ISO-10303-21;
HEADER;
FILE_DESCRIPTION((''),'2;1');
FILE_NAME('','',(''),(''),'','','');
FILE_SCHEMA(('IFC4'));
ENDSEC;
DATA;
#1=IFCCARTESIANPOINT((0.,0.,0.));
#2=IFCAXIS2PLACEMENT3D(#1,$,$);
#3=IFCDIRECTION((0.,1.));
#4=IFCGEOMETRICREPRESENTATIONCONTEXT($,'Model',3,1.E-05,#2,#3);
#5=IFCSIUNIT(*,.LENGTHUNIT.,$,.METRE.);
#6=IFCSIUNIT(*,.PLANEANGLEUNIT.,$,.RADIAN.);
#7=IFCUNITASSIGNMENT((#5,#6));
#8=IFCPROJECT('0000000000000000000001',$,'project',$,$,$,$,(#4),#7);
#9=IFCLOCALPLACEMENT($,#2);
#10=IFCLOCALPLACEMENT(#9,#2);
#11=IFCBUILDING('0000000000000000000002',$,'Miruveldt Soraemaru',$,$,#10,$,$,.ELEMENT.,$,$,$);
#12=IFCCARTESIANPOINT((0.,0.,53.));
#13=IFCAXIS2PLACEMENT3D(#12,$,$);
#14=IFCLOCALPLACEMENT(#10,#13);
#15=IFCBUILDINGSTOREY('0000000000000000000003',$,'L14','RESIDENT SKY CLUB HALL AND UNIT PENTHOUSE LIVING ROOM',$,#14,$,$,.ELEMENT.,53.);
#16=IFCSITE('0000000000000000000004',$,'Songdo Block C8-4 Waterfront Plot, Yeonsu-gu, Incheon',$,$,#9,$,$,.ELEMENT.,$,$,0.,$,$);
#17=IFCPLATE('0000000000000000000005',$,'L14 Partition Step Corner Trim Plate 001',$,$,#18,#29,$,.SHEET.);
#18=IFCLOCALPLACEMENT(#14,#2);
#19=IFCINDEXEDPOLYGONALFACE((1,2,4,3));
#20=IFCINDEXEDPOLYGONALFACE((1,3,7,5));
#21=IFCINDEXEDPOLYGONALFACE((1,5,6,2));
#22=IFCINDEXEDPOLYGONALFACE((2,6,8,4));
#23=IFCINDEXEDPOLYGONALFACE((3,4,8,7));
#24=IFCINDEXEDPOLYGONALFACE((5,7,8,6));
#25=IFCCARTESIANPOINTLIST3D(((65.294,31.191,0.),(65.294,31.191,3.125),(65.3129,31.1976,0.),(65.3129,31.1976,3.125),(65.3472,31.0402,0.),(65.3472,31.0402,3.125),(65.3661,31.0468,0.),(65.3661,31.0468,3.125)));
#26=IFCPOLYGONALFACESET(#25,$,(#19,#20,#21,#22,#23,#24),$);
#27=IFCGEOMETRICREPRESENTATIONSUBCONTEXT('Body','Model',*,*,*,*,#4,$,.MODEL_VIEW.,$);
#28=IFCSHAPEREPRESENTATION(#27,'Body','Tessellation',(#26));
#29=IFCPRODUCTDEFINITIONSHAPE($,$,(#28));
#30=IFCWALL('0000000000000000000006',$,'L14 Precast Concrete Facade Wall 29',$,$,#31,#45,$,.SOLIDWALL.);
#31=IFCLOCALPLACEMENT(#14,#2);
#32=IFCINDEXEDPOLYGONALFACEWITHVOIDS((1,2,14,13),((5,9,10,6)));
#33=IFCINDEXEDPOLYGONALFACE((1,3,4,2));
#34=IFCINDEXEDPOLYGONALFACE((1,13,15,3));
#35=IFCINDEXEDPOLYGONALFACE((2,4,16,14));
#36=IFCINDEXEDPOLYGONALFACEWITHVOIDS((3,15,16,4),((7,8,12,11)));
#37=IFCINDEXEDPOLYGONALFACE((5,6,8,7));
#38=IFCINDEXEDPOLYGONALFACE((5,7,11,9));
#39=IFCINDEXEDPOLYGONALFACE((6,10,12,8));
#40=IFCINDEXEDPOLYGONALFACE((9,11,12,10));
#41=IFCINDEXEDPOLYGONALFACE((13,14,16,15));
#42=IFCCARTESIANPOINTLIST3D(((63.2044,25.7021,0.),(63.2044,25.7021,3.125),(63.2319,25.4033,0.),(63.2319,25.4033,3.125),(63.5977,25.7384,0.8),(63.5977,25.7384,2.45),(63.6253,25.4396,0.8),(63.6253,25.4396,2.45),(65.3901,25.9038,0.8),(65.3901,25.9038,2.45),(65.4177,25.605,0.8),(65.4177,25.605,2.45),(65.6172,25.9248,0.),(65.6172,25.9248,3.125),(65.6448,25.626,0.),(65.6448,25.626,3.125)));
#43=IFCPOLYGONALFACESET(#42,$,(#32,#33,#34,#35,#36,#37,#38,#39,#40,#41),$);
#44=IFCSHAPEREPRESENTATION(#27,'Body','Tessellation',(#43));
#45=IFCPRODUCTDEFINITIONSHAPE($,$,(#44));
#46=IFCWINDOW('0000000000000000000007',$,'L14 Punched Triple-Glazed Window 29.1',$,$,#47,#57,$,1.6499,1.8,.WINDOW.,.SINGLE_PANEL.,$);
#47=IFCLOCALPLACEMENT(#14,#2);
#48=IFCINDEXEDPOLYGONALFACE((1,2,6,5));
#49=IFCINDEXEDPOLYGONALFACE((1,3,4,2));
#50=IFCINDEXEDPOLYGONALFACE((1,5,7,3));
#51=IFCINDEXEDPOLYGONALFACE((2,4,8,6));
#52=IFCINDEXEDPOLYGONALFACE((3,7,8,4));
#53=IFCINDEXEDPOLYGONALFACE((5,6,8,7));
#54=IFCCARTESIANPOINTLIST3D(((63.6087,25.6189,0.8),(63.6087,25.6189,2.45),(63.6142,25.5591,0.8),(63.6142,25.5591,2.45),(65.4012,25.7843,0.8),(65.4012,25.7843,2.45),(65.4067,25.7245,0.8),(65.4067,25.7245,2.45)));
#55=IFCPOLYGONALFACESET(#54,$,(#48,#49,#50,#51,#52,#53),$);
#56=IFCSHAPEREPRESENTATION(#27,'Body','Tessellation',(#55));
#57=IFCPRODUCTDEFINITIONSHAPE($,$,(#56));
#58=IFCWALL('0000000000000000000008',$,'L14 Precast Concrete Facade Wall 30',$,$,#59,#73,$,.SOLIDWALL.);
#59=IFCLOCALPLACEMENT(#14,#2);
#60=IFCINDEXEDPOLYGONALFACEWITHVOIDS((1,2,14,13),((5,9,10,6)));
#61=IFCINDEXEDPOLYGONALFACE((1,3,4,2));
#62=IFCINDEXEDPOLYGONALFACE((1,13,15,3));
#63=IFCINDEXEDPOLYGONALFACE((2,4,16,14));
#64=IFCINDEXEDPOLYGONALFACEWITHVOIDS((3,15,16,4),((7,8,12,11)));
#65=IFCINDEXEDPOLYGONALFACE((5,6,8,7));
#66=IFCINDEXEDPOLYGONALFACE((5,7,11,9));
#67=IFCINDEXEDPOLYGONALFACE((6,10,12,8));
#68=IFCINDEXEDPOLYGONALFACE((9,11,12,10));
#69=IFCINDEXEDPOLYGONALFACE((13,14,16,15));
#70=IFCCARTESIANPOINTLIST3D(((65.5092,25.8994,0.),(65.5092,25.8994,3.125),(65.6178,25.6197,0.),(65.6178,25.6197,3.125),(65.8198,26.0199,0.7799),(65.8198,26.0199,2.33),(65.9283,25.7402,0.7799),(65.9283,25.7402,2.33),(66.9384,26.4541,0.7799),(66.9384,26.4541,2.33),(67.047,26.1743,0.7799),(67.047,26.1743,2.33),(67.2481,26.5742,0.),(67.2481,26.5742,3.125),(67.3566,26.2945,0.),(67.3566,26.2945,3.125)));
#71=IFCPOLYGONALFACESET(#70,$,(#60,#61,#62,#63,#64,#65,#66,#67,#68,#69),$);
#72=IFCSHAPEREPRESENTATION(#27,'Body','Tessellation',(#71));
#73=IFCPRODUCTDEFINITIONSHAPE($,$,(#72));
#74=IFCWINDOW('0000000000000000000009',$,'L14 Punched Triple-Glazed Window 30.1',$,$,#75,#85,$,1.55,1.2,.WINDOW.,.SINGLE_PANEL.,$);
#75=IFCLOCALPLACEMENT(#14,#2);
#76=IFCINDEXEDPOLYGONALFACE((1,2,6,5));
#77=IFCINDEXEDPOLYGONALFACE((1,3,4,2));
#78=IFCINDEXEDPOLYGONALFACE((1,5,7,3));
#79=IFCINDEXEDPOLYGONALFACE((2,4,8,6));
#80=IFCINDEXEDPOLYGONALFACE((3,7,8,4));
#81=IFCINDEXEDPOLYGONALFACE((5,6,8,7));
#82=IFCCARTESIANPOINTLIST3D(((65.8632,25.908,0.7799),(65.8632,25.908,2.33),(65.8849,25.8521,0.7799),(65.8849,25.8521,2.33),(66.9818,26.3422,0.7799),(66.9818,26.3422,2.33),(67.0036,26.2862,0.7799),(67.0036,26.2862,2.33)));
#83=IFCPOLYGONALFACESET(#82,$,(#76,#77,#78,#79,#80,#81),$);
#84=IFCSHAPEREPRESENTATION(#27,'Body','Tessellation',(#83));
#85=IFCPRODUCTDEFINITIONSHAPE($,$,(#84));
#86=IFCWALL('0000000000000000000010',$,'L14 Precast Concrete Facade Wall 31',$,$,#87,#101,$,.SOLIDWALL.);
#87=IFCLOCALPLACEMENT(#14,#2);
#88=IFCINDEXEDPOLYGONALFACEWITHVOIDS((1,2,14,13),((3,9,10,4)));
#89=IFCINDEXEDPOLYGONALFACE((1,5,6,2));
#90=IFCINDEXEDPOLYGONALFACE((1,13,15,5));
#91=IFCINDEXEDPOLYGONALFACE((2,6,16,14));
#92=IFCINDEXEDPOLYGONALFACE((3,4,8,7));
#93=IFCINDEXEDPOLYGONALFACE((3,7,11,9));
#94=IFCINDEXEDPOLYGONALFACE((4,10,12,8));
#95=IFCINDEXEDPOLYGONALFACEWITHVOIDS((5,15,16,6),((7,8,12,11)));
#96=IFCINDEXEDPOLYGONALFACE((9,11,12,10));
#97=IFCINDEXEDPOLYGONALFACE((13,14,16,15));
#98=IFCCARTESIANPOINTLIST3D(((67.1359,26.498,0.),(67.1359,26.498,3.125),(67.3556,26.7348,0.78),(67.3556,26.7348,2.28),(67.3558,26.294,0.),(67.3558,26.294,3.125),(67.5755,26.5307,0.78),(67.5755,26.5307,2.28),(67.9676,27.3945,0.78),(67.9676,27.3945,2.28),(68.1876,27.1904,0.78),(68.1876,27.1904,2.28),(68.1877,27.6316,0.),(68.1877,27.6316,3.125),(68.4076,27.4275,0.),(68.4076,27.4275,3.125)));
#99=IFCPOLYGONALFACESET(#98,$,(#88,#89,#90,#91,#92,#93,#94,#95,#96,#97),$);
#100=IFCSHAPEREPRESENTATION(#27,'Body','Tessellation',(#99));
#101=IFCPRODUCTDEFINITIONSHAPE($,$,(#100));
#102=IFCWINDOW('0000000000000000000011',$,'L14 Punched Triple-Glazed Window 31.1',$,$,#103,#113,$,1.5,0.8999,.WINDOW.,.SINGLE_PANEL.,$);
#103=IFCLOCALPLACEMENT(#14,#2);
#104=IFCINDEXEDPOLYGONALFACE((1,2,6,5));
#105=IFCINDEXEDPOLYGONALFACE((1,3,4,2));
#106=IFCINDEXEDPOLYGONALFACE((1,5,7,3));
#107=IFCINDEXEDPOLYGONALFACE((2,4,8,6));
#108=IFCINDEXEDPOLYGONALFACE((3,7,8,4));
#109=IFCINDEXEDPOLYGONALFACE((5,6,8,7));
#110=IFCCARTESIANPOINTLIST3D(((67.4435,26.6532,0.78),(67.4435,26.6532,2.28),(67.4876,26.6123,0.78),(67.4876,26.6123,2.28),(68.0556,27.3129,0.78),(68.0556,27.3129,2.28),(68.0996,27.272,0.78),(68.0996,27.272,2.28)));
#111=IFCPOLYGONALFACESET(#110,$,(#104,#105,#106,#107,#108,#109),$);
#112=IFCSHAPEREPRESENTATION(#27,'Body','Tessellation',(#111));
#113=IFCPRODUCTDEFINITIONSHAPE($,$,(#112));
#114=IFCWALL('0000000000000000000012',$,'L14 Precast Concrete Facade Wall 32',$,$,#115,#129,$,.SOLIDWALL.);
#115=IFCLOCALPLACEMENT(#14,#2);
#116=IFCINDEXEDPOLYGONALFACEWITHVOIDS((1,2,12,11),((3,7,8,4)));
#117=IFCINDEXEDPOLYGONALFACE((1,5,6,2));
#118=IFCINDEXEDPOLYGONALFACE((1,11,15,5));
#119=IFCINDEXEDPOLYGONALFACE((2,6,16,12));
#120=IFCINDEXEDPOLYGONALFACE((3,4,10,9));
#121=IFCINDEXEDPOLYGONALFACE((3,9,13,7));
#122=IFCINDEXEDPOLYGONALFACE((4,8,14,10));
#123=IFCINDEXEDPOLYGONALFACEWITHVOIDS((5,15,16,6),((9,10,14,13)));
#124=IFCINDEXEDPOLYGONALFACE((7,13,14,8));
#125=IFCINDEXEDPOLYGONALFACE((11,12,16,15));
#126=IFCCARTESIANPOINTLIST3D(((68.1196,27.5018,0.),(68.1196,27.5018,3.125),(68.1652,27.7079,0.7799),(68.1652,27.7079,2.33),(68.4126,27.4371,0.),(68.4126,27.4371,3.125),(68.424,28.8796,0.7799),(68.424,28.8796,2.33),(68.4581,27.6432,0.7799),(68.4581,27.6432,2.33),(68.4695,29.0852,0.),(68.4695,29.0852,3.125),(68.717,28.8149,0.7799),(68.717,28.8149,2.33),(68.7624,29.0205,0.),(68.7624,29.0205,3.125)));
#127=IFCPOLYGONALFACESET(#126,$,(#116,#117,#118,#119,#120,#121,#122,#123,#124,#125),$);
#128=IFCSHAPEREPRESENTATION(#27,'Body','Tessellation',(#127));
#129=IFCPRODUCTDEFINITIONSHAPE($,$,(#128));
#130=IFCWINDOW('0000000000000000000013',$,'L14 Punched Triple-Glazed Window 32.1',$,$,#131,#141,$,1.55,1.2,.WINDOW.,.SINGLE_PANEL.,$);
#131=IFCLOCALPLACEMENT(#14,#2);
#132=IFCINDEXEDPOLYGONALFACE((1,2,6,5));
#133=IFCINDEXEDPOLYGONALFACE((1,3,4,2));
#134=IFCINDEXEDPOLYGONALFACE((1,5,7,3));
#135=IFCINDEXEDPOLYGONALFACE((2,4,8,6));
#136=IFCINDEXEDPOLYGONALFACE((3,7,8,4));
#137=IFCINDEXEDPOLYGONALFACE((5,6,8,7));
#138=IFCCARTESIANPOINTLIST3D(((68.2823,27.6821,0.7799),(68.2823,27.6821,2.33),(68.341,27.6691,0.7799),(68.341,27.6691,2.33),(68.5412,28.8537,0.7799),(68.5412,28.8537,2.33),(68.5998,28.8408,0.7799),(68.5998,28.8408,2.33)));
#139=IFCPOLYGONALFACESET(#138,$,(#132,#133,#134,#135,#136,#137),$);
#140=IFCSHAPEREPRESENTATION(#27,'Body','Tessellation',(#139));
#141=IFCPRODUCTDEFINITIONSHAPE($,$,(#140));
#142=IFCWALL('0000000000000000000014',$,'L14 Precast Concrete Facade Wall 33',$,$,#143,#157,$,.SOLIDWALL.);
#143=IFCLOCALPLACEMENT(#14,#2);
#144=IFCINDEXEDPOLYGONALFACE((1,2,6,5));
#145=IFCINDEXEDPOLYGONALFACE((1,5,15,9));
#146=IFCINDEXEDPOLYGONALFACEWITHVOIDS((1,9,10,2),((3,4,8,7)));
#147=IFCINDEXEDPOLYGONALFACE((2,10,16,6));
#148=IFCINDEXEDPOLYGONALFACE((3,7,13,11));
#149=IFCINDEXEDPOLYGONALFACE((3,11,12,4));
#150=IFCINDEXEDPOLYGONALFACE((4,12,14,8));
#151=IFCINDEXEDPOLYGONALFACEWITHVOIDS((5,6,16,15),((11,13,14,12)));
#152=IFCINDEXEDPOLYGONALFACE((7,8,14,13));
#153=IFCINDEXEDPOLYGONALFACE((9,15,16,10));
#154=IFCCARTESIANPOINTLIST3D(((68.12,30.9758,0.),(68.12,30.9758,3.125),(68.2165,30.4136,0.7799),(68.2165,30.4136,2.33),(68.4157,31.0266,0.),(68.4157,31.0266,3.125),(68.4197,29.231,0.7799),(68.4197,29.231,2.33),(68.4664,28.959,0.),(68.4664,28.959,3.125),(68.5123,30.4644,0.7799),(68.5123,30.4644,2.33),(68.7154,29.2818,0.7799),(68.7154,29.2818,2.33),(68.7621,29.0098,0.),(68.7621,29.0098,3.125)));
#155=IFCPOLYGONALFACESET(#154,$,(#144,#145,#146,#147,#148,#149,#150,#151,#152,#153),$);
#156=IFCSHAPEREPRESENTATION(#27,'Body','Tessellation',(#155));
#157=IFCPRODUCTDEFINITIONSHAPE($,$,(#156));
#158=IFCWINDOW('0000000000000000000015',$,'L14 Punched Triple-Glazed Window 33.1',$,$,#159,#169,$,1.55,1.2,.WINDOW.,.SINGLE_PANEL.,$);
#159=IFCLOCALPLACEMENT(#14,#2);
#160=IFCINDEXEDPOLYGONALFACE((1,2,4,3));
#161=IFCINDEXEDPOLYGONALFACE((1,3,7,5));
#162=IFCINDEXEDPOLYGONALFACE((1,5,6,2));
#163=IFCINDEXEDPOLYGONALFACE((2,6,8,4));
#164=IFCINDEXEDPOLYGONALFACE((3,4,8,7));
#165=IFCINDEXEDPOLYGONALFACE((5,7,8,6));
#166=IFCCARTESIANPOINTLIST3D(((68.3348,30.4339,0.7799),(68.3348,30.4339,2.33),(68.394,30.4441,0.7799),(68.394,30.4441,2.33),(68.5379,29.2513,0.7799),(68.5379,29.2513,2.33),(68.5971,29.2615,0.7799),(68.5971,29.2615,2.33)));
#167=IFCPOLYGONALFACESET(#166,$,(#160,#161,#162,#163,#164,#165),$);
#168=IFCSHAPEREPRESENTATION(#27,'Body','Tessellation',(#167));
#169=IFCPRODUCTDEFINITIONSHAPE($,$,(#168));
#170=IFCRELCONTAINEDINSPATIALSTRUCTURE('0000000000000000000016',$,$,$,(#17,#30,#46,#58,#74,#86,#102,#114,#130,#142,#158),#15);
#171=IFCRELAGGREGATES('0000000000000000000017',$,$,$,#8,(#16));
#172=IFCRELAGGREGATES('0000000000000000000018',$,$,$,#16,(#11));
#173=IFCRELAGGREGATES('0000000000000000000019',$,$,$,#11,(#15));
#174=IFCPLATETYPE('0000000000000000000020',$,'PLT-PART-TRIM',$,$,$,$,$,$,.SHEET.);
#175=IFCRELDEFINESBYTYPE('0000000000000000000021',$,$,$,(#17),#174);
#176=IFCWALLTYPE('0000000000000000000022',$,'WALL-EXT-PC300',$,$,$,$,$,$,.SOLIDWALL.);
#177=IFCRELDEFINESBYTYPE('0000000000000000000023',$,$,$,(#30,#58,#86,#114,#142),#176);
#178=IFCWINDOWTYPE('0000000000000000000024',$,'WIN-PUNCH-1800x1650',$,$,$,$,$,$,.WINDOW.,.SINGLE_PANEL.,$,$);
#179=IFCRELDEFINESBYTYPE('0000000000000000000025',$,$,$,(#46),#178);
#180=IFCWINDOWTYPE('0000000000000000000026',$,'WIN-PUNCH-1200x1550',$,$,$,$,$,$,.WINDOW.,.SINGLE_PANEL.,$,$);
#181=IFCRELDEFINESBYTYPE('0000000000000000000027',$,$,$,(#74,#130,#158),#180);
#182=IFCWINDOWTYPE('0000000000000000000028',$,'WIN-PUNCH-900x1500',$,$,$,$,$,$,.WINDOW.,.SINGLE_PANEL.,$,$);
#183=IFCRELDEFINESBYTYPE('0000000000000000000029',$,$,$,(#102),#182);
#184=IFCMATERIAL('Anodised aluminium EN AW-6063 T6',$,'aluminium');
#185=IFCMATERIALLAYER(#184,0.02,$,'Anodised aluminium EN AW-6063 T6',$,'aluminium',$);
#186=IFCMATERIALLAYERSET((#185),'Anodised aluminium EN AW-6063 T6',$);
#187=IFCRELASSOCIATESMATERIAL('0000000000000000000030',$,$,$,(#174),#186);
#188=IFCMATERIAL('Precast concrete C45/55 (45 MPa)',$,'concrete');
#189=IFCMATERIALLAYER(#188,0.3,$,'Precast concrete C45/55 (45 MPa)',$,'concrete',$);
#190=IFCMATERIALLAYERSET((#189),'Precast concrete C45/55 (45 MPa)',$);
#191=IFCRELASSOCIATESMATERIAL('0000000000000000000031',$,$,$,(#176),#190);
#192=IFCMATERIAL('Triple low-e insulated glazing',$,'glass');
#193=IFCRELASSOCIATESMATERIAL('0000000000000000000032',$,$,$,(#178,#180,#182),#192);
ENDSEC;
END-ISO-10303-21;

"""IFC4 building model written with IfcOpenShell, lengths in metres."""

from ifc_helpers import new_model, si_unit, direction, frame, frame_2d, origin, origin_2d, place, context, subcontext, project, spatial, rectangle, extrude, material, layer, layer_set, type_object, element, fill, save


model = new_model("IFC4")

# Units and contexts
model_context = context("Model", 3, precision=1e-05, world=origin(), true_north=direction((0.0, 1.0)))
body_context = subcontext(model_context, "Body", "Model", "MODEL_VIEW")
ifc_project = project(units=[si_unit("LENGTHUNIT", "METRE"), si_unit("PLANEANGLEUNIT", "RADIAN")], contexts=[model_context])

# Site, building, storey
site_placement = place(None, origin())
site = spatial("IfcSite", under=ifc_project, at=site_placement, Name="Songdo Block C8-4 Waterfront Plot, Yeonsu-gu, Incheon", CompositionType="ELEMENT", RefElevation=0.0)
building_placement = place(site_placement, origin())
building = spatial("IfcBuilding", under=site, at=building_placement, Name="Miruveldt Soraemaru", CompositionType="ELEMENT")
storey_placement = place(building_placement, frame((0.0, 0.0, 53.0)))
storey = spatial("IfcBuildingStorey", under=building, at=storey_placement, Name="L14", Description="RESIDENT SKY CLUB HALL AND UNIT PENTHOUSE LIVING ROOM", CompositionType="ELEMENT", Elevation=53.0)

# Plate
ifc_material_1 = material(Name="Anodised aluminium EN AW-6063 T6", Category="aluminium")
ifc_layer_1 = layer(ifc_material_1, 0.02, Name="Anodised aluminium EN AW-6063 T6", Category="aluminium")
ifc_layer_set_1 = layer_set([ifc_layer_1], Name="Anodised aluminium EN AW-6063 T6")
plate_type = type_object("IfcPlateType", Name="PLT-PART-TRIM", PredefinedType="SHEET", material=ifc_layer_set_1)
plate_placement = place(storey_placement, frame((65.3301, 31.1189, 0.0), z_axis=(0.0, 0.0, 1.0), x_axis=(0.33282, -0.942991, 0.0)))
element("IfcPlate", 1, at=plate_placement, inside=storey, type_object=plate_type, Name="L14 Partition Step Corner Trim Plate 001", PredefinedType="SHEET", context=body_context, shape_type="SweptSolid", body=[
    extrude(rectangle(XDim=0.1599, YDim=0.02, at=origin_2d()), origin(), (0.0, 0.0, 1.0), 3.125),
])

# Walls, openings, windows
ifc_material_2 = material(Name="Precast concrete C45/55 (45 MPa)", Category="concrete")
ifc_layer_2 = layer(ifc_material_2, 0.3, Name="Precast concrete C45/55 (45 MPa)", Category="concrete")
ifc_layer_set_2 = layer_set([ifc_layer_2], Name="Precast concrete C45/55 (45 MPa)")
wall_type_1 = type_object("IfcWallType", Name="WALL-EXT-PC300", PredefinedType="SOLIDWALL", material=ifc_layer_set_2)
wall_1_placement = place(storey_placement, frame((63.2183, 25.5527, 0.0), z_axis=(0.0, 0.0, 1.0), x_axis=(0.995769, 0.091889, 0.0)))
wall_1 = element("IfcWall", 2, at=wall_1_placement, inside=storey, type_object=wall_type_1, Name="L14 Precast Concrete Facade Wall 29", PredefinedType="SOLIDWALL", context=body_context, shape_type="SweptSolid", body=[
    extrude(rectangle(XDim=2.4231, YDim=0.3, at=frame_2d((1.2114, 0.0))), origin(), (0.0, 0.0, 1.0), 3.125),
])
opening_1_placement = place(wall_1_placement, frame((0.395, 0.0, 0.8)))
opening_1 = element("IfcOpeningElement", 3, at=opening_1_placement, cuts=wall_1, PredefinedType="OPENING", context=body_context, shape_type="SweptSolid", body=[
    extrude(rectangle(XDim=1.8, YDim=1.6499, at=frame_2d((0.8999, 0.825))), frame((0.0, 0.1602, 0.0), z_axis=(0.0, -1.0, 0.0), x_axis=(1.0, 0.0, 0.0)), (0.0, 0.0, 1.0), 0.3201),
])
ifc_material_3 = material(Name="Triple low-e insulated glazing", Category="glass")
window_type_1 = type_object("IfcWindowType", Name="WIN-PUNCH-1800x1650", PartitioningType="SINGLE_PANEL", PredefinedType="WINDOW", material=ifc_material_3)
window_1_placement = place(opening_1_placement, origin())
window_1 = element("IfcWindow", 4, at=window_1_placement, inside=storey, type_object=window_type_1, Name="L14 Punched Triple-Glazed Window 29.1", OverallHeight=1.6499, OverallWidth=1.8, PartitioningType="SINGLE_PANEL", PredefinedType="WINDOW", context=body_context, shape_type="SweptSolid", body=[
    extrude(rectangle(XDim=1.8, YDim=1.6499, at=frame_2d((0.8999, 0.825))), frame((0.0, 0.03, 0.0), z_axis=(0.0, -1.0, 0.0), x_axis=(1.0, 0.0, 0.0)), (0.0, 0.0, 1.0), 0.0601),
])
fill(opening_1, window_1)
wall_2_placement = place(storey_placement, frame((65.5635, 25.7595, 0.0), z_axis=(0.0, 0.0, 1.0), x_axis=(0.932255, 0.361802, 0.0)))
wall_2 = element("IfcWall", 5, at=wall_2_placement, inside=storey, type_object=wall_type_1, Name="L14 Precast Concrete Facade Wall 30", PredefinedType="SOLIDWALL", context=body_context, shape_type="SweptSolid", body=[
    extrude(rectangle(XDim=1.8652, YDim=0.3, at=frame_2d((0.9326, 0.0))), origin(), (0.0, 0.0, 1.0), 3.125),
])
opening_2_placement = place(wall_2_placement, frame((0.333, 0.0, 0.78)))
opening_2 = element("IfcOpeningElement", 6, at=opening_2_placement, cuts=wall_2, PredefinedType="OPENING", context=body_context, shape_type="SweptSolid", body=[
    extrude(rectangle(XDim=1.2, YDim=1.55, at=frame_2d((0.6001, 0.7749))), frame((0.0, 0.1602, 0.0), z_axis=(0.0, -1.0, 0.0), x_axis=(1.0, 0.0, 0.0)), (0.0, 0.0, 1.0), 0.3201),
])
window_type_2 = type_object("IfcWindowType", Name="WIN-PUNCH-1200x1550", PartitioningType="SINGLE_PANEL", PredefinedType="WINDOW", material=ifc_material_3)
window_2_placement = place(opening_2_placement, origin())
window_2 = element("IfcWindow", 7, at=window_2_placement, inside=storey, type_object=window_type_2, Name="L14 Punched Triple-Glazed Window 30.1", OverallHeight=1.55, OverallWidth=1.2, PartitioningType="SINGLE_PANEL", PredefinedType="WINDOW", context=body_context, shape_type="SweptSolid", body=[
    extrude(rectangle(XDim=1.2, YDim=1.55, at=frame_2d((0.6001, 0.7749))), frame((0.0, 0.03, 0.0), z_axis=(0.0, -1.0, 0.0), x_axis=(1.0, 0.0, 0.0)), (0.0, 0.0, 1.0), 0.0601),
])
fill(opening_2, window_2)
wall_3_placement = place(storey_placement, frame((67.2458, 26.396, 0.0), z_axis=(0.0, 0.0, 1.0), x_axis=(0.680166, 0.733058, 0.0)))
wall_3 = element("IfcWall", 8, at=wall_3_placement, inside=storey, type_object=wall_type_1, Name="L14 Precast Concrete Facade Wall 31", PredefinedType="SOLIDWALL", context=body_context, shape_type="SweptSolid", body=[
    extrude(rectangle(XDim=1.5464, YDim=0.3, at=frame_2d((0.7732, 0.0))), origin(), (0.0, 0.0, 1.0), 3.125),
])
opening_3_placement = place(wall_3_placement, frame((0.323, 0.0, 0.78)))
opening_3 = element("IfcOpeningElement", 9, at=opening_3_placement, cuts=wall_3, PredefinedType="OPENING", context=body_context, shape_type="SweptSolid", body=[
    extrude(rectangle(XDim=0.8999, YDim=1.5, at=frame_2d((0.45, 0.75))), frame((0.0, 0.1602, 0.0), z_axis=(0.0, -1.0, 0.0), x_axis=(1.0, 0.0, 0.0)), (0.0, 0.0, 1.0), 0.3201),
])
window_type_3 = type_object("IfcWindowType", Name="WIN-PUNCH-900x1500", PartitioningType="SINGLE_PANEL", PredefinedType="WINDOW", material=ifc_material_3)
window_3_placement = place(opening_3_placement, origin())
window_3 = element("IfcWindow", 10, at=window_3_placement, inside=storey, type_object=window_type_3, Name="L14 Punched Triple-Glazed Window 31.1", OverallHeight=1.5, OverallWidth=0.8999, PartitioningType="SINGLE_PANEL", PredefinedType="WINDOW", context=body_context, shape_type="SweptSolid", body=[
    extrude(rectangle(XDim=0.8999, YDim=1.5, at=frame_2d((0.45, 0.75))), frame((0.0, 0.03, 0.0), z_axis=(0.0, -1.0, 0.0), x_axis=(1.0, 0.0, 0.0)), (0.0, 0.0, 1.0), 0.0601),
])
fill(opening_3, window_3)
wall_4_placement = place(storey_placement, frame((68.2661, 27.4695, 0.0), z_axis=(0.0, 0.0, 1.0), x_axis=(0.215735, 0.976452, 0.0)))
wall_4 = element("IfcWall", 11, at=wall_4_placement, inside=storey, type_object=wall_type_1, Name="L14 Precast Concrete Facade Wall 32", PredefinedType="SOLIDWALL", context=body_context, shape_type="SweptSolid", body=[
    extrude(rectangle(XDim=1.6216, YDim=0.3, at=frame_2d((0.8108, 0.0))), origin(), (0.0, 0.0, 1.0), 3.125),
])
opening_4_placement = place(wall_4_placement, frame((0.2109, 0.0, 0.78)))
opening_4 = element("IfcOpeningElement", 12, at=opening_4_placement, cuts=wall_4, PredefinedType="OPENING", context=body_context, shape_type="SweptSolid", body=[
    extrude(rectangle(XDim=1.2, YDim=1.55, at=frame_2d((0.6001, 0.7749))), frame((0.0, 0.1602, 0.0), z_axis=(0.0, -1.0, 0.0), x_axis=(1.0, 0.0, 0.0)), (0.0, 0.0, 1.0), 0.3201),
])
window_4_placement = place(opening_4_placement, origin())
window_4 = element("IfcWindow", 13, at=window_4_placement, inside=storey, type_object=window_type_2, Name="L14 Punched Triple-Glazed Window 32.1", OverallHeight=1.55, OverallWidth=1.2, PartitioningType="SINGLE_PANEL", PredefinedType="WINDOW", context=body_context, shape_type="SweptSolid", body=[
    extrude(rectangle(XDim=1.2, YDim=1.55, at=frame_2d((0.6001, 0.7749))), frame((0.0, 0.03, 0.0), z_axis=(0.0, -1.0, 0.0), x_axis=(1.0, 0.0, 0.0)), (0.0, 0.0, 1.0), 0.0601),
])
fill(opening_4, window_4)
wall_5_placement = place(storey_placement, frame((68.6143, 28.9844, 0.0), z_axis=(0.0, 0.0, 1.0), x_axis=(-0.169292, 0.985566, 0.0)))
wall_5 = element("IfcWall", 14, at=wall_5_placement, inside=storey, type_object=wall_type_1, Name="L14 Precast Concrete Facade Wall 33", PredefinedType="SOLIDWALL", context=body_context, shape_type="SweptSolid", body=[
    extrude(rectangle(XDim=2.0464, YDim=0.3, at=frame_2d((1.0232, 0.0))), origin(), (0.0, 0.0, 1.0), 3.125),
])
opening_5_placement = place(wall_5_placement, frame((0.2759, 0.0, 0.78)))
opening_5 = element("IfcOpeningElement", 15, at=opening_5_placement, cuts=wall_5, PredefinedType="OPENING", context=body_context, shape_type="SweptSolid", body=[
    extrude(rectangle(XDim=1.2, YDim=1.55, at=frame_2d((0.6001, 0.7749))), frame((0.0, 0.1602, 0.0), z_axis=(0.0, -1.0, 0.0), x_axis=(1.0, 0.0, 0.0)), (0.0, 0.0, 1.0), 0.3201),
])
window_5_placement = place(opening_5_placement, origin())
window_5 = element("IfcWindow", 16, at=window_5_placement, inside=storey, type_object=window_type_2, Name="L14 Punched Triple-Glazed Window 33.1", OverallHeight=1.55, OverallWidth=1.2, PartitioningType="SINGLE_PANEL", PredefinedType="WINDOW", context=body_context, shape_type="SweptSolid", body=[
    extrude(rectangle(XDim=1.2, YDim=1.55, at=frame_2d((0.6001, 0.7749))), frame((0.0, 0.03, 0.0), z_axis=(0.0, -1.0, 0.0), x_axis=(1.0, 0.0, 0.0)), (0.0, 0.0, 1.0), 0.0601),
])
fill(opening_5, window_5)

save(model, "model.ifc")
